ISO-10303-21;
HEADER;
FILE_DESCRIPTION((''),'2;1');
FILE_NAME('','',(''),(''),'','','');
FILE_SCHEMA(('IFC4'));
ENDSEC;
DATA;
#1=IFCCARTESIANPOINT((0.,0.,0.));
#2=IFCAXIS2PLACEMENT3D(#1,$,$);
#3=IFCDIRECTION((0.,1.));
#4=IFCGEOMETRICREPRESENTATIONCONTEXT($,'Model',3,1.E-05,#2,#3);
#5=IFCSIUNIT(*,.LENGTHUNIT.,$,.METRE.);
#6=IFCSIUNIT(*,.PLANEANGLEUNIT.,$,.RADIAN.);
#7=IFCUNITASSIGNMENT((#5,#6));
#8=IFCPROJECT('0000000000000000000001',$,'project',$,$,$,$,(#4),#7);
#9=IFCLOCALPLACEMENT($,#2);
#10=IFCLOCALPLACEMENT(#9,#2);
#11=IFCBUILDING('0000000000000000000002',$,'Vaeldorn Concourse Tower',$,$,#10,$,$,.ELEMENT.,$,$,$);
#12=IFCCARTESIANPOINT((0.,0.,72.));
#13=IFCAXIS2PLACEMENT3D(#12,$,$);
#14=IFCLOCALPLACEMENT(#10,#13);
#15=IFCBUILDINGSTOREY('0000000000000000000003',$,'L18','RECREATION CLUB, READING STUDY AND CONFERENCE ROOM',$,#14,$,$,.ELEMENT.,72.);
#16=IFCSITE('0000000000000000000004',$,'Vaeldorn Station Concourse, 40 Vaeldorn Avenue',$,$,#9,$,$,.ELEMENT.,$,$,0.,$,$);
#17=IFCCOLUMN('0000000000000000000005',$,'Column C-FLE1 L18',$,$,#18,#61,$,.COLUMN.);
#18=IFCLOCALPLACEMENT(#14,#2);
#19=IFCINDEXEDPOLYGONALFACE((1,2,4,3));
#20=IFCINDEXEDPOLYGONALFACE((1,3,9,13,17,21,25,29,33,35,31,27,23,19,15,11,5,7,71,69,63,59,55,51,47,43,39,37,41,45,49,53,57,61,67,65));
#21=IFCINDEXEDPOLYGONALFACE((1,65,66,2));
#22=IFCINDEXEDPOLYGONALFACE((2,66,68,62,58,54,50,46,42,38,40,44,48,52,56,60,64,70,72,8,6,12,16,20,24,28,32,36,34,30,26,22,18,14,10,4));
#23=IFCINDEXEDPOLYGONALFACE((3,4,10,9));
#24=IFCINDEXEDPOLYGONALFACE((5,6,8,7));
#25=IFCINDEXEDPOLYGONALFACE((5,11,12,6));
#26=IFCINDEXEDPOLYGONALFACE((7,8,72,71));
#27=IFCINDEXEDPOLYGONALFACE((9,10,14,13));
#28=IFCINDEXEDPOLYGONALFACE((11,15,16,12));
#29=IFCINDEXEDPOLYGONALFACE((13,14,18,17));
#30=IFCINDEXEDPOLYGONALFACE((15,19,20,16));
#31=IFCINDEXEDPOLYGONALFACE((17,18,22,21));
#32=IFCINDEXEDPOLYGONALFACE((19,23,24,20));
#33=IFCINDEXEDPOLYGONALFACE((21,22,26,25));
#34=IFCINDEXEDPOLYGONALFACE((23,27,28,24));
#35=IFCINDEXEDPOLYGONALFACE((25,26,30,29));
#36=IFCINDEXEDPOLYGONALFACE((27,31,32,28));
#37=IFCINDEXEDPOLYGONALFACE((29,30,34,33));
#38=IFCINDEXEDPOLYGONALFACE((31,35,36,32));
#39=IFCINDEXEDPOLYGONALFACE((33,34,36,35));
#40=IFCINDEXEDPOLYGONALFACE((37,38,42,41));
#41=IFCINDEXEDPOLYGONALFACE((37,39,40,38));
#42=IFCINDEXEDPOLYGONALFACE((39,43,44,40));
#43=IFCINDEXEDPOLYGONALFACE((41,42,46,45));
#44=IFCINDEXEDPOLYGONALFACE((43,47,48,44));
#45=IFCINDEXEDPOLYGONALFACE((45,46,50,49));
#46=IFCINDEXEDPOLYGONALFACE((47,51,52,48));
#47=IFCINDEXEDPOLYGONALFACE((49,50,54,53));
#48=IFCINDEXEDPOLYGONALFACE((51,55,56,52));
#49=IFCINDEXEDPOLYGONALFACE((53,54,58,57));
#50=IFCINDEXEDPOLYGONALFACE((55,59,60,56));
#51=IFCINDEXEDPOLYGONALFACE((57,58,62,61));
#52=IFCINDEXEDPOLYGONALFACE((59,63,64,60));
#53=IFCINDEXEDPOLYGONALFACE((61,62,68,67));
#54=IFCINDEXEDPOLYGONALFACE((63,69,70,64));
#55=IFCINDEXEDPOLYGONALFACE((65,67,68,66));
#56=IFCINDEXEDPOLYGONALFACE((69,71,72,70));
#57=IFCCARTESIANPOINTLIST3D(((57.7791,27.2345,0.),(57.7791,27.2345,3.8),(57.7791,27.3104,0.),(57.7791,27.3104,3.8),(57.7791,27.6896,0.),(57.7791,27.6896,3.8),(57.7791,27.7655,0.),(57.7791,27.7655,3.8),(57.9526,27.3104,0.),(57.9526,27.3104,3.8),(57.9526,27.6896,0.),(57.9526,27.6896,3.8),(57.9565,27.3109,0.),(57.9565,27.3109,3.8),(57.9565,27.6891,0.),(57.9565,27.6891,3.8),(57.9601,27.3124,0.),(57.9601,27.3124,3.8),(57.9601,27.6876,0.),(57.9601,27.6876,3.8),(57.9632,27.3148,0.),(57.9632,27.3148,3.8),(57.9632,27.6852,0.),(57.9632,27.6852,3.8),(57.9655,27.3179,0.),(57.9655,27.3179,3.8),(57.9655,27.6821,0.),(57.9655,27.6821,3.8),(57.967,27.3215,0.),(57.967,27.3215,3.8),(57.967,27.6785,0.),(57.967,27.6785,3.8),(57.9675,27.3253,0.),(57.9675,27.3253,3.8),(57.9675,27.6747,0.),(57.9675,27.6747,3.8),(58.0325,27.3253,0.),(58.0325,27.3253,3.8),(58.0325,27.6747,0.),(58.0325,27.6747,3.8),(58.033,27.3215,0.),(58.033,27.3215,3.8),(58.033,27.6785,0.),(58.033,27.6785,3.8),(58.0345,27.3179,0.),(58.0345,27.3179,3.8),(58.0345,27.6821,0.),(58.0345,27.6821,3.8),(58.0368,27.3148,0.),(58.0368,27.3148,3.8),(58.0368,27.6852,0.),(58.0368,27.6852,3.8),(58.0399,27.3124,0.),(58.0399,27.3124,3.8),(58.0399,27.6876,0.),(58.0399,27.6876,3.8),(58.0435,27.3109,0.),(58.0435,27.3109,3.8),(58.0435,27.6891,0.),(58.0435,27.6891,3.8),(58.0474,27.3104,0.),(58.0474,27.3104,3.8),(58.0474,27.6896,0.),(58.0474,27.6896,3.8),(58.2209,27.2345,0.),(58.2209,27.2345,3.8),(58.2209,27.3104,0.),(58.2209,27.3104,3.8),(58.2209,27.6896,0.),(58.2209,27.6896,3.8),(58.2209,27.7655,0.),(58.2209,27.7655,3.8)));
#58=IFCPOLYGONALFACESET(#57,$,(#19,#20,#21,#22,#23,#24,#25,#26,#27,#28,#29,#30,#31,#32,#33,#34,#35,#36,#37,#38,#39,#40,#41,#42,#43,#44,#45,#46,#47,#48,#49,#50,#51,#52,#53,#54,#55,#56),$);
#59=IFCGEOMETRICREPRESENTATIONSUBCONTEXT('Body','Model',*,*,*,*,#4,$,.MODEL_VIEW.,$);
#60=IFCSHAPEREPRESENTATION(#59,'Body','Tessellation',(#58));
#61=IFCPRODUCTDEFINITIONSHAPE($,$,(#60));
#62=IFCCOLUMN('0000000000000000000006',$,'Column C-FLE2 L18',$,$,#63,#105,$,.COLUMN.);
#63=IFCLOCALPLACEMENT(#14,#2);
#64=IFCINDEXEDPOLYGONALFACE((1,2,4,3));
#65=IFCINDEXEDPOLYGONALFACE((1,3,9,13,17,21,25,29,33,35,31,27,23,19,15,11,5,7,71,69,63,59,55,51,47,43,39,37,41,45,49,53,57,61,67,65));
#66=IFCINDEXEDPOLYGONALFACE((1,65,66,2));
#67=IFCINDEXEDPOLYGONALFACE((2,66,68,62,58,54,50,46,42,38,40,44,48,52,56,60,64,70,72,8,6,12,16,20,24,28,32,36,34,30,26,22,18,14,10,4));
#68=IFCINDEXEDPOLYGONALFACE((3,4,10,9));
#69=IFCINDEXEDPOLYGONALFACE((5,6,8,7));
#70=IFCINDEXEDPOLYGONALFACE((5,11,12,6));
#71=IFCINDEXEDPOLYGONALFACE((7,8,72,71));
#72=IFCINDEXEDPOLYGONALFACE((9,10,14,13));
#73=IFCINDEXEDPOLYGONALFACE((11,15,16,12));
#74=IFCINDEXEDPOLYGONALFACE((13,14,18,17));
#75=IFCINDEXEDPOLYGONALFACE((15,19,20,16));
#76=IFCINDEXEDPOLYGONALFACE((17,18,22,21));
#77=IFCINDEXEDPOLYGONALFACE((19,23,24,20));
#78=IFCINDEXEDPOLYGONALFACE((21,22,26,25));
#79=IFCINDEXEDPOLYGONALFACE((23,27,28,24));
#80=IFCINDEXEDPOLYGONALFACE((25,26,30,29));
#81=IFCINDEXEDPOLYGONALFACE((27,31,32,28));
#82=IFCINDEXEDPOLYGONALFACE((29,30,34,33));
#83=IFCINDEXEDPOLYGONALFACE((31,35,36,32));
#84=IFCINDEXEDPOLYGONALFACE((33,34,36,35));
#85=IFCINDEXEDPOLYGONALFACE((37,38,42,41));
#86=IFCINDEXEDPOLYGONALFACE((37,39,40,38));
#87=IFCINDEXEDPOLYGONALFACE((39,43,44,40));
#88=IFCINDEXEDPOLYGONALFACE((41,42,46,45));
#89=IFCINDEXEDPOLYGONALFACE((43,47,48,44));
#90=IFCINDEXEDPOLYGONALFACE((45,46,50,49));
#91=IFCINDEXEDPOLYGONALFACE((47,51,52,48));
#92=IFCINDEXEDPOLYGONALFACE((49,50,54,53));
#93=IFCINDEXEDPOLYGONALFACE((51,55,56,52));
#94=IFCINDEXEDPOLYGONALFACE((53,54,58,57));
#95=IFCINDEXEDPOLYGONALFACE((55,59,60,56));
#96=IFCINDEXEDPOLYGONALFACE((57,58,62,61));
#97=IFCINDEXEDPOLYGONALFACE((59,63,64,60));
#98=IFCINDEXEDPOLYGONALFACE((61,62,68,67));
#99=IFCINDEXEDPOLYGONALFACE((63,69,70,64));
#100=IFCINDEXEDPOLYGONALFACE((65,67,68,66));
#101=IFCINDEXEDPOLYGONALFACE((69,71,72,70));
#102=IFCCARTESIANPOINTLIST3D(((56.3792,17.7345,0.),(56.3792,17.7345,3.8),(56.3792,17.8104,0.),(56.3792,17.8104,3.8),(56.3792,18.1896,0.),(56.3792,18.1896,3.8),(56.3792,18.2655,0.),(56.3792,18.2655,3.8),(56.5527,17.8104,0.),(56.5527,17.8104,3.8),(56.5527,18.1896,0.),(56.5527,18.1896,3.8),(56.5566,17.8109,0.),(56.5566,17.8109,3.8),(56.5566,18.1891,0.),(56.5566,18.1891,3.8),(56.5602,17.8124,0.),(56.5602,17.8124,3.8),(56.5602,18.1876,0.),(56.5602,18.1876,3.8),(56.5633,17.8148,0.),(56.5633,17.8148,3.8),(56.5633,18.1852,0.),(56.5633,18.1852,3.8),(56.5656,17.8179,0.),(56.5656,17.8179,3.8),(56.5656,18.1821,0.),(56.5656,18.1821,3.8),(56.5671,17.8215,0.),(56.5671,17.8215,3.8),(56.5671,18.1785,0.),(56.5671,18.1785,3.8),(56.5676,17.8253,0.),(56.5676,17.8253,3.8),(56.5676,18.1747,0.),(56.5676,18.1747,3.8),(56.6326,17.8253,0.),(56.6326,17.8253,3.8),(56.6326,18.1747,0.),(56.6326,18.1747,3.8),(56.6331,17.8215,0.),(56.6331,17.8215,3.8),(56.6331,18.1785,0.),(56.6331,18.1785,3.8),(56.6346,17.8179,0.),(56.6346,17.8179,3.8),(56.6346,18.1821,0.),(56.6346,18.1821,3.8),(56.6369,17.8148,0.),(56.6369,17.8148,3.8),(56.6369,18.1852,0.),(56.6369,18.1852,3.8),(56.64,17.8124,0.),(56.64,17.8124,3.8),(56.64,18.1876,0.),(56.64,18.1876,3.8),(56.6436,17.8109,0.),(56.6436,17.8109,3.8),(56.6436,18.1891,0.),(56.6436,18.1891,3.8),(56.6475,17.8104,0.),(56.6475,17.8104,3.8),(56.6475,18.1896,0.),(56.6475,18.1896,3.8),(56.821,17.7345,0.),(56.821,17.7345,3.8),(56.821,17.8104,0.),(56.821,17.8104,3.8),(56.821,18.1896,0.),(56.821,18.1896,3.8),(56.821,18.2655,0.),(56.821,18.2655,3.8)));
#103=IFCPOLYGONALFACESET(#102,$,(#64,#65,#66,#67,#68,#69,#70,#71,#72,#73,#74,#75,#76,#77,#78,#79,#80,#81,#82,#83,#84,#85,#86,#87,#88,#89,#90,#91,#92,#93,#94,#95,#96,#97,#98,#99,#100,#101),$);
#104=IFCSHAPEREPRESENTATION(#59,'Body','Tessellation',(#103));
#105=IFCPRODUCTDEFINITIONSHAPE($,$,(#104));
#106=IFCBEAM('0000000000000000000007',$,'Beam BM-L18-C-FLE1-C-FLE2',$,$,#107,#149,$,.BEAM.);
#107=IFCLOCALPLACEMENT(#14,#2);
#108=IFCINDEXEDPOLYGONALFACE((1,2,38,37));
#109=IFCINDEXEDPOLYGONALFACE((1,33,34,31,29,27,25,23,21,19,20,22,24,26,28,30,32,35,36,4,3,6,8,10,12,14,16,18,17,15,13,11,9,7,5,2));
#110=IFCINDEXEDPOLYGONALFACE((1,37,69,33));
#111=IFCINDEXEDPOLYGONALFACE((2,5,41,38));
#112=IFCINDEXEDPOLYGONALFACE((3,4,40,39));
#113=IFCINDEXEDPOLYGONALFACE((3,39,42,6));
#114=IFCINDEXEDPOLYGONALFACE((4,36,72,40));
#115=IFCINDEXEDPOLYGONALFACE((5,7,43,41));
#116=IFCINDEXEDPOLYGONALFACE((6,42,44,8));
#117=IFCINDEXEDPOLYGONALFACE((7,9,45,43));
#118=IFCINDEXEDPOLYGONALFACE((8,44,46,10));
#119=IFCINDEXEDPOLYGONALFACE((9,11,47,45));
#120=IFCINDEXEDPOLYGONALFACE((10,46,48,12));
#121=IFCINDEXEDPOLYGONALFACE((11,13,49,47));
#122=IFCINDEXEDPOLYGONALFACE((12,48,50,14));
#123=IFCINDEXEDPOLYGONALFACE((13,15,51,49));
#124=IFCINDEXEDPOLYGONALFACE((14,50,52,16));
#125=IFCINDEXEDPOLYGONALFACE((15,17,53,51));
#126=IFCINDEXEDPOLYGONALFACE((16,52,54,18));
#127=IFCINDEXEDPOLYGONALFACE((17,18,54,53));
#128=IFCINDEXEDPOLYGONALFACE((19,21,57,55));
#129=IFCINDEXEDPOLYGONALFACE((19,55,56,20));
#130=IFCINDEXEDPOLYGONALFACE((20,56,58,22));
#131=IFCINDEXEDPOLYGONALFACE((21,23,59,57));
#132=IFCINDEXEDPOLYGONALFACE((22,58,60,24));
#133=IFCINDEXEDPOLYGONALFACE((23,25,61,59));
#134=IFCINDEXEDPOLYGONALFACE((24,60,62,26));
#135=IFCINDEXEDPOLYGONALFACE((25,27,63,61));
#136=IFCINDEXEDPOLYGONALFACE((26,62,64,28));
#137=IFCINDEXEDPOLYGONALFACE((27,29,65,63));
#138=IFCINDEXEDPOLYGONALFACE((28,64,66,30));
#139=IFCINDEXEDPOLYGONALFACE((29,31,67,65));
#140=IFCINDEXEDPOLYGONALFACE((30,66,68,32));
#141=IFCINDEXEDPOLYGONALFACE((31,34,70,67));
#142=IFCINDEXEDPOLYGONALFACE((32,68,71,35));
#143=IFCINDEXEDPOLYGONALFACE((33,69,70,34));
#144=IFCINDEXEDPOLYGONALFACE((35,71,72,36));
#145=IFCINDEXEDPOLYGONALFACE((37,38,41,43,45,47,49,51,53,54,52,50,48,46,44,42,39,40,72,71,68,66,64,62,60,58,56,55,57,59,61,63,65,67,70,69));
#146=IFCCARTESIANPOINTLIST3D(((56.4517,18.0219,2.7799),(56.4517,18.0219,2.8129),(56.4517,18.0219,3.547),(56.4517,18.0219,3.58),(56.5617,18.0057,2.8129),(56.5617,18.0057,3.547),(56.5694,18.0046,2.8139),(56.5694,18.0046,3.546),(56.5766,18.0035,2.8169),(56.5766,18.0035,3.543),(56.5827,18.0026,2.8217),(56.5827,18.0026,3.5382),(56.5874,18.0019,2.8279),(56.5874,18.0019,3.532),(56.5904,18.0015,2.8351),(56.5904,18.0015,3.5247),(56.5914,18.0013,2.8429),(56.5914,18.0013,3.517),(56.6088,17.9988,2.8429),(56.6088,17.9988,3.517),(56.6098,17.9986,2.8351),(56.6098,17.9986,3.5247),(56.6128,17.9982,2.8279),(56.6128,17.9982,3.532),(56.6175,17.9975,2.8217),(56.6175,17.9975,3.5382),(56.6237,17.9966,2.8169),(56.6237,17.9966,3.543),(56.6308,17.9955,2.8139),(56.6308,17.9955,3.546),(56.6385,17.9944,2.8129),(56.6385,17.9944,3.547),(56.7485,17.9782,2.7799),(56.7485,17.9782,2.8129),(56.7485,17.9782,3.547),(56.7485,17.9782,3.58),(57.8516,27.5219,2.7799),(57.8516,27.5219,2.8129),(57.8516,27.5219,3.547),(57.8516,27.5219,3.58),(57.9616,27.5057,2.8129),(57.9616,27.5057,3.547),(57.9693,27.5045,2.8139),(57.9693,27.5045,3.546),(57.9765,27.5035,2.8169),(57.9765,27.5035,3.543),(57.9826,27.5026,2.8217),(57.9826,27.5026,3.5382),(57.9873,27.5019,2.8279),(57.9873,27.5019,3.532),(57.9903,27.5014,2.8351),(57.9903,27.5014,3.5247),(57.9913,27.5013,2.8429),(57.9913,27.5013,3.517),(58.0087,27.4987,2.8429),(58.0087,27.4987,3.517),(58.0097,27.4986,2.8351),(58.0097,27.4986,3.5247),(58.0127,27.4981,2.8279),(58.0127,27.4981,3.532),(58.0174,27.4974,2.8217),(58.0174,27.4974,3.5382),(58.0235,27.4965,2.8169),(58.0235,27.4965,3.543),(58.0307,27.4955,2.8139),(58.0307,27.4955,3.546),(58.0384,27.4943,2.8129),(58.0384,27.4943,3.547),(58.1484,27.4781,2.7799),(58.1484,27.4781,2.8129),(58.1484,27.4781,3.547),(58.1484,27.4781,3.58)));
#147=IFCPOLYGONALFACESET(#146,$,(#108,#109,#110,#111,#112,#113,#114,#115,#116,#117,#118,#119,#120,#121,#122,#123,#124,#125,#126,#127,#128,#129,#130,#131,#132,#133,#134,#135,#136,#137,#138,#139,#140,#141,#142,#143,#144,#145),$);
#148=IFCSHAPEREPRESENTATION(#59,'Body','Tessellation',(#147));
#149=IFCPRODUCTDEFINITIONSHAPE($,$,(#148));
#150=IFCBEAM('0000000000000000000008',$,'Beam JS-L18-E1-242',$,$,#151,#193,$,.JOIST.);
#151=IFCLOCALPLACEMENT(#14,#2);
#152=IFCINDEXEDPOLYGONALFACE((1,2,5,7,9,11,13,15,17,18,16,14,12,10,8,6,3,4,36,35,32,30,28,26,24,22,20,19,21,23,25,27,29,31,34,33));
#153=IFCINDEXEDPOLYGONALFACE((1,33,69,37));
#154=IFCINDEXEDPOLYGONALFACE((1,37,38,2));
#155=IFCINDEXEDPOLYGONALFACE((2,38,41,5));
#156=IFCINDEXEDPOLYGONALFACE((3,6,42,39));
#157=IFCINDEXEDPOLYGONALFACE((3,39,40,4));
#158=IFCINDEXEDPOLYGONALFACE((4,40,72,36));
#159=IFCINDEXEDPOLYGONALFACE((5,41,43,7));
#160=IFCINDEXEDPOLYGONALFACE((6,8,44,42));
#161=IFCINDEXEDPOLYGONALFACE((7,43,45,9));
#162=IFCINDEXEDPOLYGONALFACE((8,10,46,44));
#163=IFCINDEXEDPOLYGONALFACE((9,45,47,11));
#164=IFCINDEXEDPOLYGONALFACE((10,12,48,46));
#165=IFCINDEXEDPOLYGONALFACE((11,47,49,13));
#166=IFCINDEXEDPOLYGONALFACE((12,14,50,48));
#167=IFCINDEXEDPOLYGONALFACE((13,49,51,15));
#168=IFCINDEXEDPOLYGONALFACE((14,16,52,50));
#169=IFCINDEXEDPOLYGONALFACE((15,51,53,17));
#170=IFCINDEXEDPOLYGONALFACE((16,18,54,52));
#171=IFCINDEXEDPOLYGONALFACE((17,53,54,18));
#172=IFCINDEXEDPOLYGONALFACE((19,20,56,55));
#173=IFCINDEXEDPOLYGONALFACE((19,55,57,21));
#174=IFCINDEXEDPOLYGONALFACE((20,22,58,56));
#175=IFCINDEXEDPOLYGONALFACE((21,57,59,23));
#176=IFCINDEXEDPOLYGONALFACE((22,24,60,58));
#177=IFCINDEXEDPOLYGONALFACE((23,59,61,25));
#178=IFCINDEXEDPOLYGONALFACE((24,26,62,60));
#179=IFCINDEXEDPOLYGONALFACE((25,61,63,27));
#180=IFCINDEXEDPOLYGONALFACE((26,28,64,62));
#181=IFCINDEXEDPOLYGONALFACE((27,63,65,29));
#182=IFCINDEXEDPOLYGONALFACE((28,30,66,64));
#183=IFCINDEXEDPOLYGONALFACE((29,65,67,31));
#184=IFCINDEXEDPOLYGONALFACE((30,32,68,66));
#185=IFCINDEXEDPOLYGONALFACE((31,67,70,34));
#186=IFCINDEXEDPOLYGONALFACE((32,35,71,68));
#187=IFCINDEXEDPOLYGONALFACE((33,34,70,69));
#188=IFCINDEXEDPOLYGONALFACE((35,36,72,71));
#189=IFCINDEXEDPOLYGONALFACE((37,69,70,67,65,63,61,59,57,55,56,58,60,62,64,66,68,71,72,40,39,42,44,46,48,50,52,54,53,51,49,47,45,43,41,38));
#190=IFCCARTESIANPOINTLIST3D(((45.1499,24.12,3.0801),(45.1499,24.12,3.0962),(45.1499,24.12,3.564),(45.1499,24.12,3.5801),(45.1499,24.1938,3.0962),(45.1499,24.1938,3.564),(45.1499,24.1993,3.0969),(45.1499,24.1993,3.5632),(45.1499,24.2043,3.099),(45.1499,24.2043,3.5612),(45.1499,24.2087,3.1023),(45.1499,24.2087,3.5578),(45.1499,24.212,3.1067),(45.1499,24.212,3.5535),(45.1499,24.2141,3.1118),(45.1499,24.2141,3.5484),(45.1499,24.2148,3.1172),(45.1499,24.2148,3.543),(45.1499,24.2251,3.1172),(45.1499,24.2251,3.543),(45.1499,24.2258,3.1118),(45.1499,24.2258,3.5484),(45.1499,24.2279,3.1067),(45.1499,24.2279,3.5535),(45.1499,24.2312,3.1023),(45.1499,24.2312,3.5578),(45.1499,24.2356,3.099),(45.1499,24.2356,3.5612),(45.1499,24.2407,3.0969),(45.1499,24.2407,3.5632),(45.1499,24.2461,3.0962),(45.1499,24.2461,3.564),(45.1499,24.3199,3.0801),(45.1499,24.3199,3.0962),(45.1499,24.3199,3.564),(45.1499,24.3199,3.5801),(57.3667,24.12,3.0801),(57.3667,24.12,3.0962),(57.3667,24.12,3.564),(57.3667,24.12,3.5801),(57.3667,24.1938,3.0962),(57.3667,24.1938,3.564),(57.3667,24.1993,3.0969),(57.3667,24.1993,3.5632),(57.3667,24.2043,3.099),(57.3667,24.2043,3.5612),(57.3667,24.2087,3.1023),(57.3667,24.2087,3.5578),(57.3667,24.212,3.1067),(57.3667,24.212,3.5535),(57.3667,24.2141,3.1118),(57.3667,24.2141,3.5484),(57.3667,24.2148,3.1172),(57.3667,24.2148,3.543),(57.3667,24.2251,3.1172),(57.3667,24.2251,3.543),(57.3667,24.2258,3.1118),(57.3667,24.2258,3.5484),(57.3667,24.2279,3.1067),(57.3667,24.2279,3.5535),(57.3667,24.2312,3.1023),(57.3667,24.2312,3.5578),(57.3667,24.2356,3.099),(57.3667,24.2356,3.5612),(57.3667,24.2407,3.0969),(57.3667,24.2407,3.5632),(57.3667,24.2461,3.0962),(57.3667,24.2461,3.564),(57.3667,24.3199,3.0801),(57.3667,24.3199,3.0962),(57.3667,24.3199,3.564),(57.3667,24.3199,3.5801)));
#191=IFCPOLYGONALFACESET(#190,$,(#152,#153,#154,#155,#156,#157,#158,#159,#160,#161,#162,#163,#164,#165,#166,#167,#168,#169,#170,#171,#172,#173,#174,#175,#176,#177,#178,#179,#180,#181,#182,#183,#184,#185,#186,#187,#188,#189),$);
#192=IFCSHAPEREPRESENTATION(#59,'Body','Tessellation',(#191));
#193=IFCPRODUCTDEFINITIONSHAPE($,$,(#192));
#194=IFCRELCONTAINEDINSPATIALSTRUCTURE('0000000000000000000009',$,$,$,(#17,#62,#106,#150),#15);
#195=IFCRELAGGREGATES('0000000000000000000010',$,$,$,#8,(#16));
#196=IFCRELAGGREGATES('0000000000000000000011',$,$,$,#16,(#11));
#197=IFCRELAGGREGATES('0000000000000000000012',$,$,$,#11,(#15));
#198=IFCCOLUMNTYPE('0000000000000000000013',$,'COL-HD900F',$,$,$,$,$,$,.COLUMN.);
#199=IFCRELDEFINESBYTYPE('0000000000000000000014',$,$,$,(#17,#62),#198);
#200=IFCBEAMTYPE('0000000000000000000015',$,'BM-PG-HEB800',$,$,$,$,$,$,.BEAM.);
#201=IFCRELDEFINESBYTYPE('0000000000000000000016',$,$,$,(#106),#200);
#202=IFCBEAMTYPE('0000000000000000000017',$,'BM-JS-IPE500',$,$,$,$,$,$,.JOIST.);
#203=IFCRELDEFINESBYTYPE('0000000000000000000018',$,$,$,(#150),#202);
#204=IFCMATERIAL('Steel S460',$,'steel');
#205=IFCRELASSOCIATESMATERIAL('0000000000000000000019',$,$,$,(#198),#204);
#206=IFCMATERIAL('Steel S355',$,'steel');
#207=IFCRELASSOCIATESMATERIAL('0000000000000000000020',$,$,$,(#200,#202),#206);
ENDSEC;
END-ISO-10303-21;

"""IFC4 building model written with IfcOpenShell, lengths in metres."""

from ifc_helpers import new_model, si_unit, direction, frame, origin, origin_2d, place, context, subcontext, project, spatial, i_section, extrude, source, transform, mapped, material, material_profile, profile_set, type_object, element, save


model = new_model("IFC4")

# Units and contexts
model_context = context("Model", 3, precision=1e-05, world=origin(), true_north=direction((0.0, 1.0)))
body_context = subcontext(model_context, "Body", "Model", "MODEL_VIEW")
ifc_project = project(units=[si_unit("LENGTHUNIT", "METRE"), si_unit("PLANEANGLEUNIT", "RADIAN")], contexts=[model_context])

# Site, building, storey
site_placement = place(None, origin())
site = spatial("IfcSite", under=ifc_project, at=site_placement, Name="Vaeldorn Station Concourse, 40 Vaeldorn Avenue", CompositionType="ELEMENT", RefElevation=0.0)
building_placement = place(site_placement, origin())
building = spatial("IfcBuilding", under=site, at=building_placement, Name="Vaeldorn Concourse Tower", CompositionType="ELEMENT")
storey_placement = place(building_placement, frame((0.0, 0.0, 72.0)))
storey = spatial("IfcBuildingStorey", under=building, at=storey_placement, Name="L18", Description="RECREATION CLUB, READING STUDY AND CONFERENCE ROOM", CompositionType="ELEMENT", Elevation=72.0)

# Columns
ifc_material_1 = material(Name="Steel S460", Category="steel")
ifc_material_profile_1 = material_profile(ifc_material_1, i_section(OverallWidth=0.4419, OverallDepth=0.531, WebThickness=0.0649, FlangeThickness=0.0759, FilletRadius=0.0149, at=origin_2d()), Name="HD 400x900")
ifc_profile_set_1 = profile_set([ifc_material_profile_1], Name="Steel S460")
column_type = type_object("IfcColumnType", Name="COL-HD900F", PredefinedType="COLUMN", material=ifc_profile_set_1)
shared_shape_1 = source(origin(), body_context, "Body", "SweptSolid", [
    extrude(i_section(OverallWidth=0.4419, OverallDepth=0.531, WebThickness=0.0649, FlangeThickness=0.0759, FilletRadius=0.0149, at=origin_2d()), origin(), (0.0, 0.0, 1.0), 3.8),
])
for number, where, z_axis, x_axis, name in (
    (1, (58.0, 27.5, 0.0), (0.0, 0.0, 1.0), (1.0, 0.0, 0.0), "Column C-FLE1 L18"),
    (2, (56.6001, 18.0, 0.0), (0.0, 0.0, 1.0), (1.0, 0.0, 0.0), "Column C-FLE2 L18"),
):
    element("IfcColumn", number, at=place(storey_placement, frame(where, z_axis=z_axis, x_axis=x_axis)), inside=storey, type_object=column_type, Name=name, PredefinedType="COLUMN", context=body_context, shape_type="MappedRepresentation", body=[
        mapped(shared_shape_1, transform((0.0, 0.0, 0.0), scale=1.0)),
    ])

# Beams
ifc_material_2 = material(Name="Steel S355", Category="steel")
ifc_material_profile_2 = material_profile(ifc_material_2, i_section(OverallWidth=0.3, OverallDepth=0.8, WebThickness=0.0176, FlangeThickness=0.033, FilletRadius=0.03, at=origin_2d()), Name="HEB 800")
ifc_profile_set_2 = profile_set([ifc_material_profile_2], Name="Steel S355")
beam_type_1 = type_object("IfcBeamType", Name="BM-PG-HEB800", PredefinedType="BEAM", material=ifc_profile_set_2)
shared_shape_2 = source(origin(), body_context, "Body", "SweptSolid", [
    extrude(i_section(OverallWidth=0.3, OverallDepth=0.8, WebThickness=0.0176, FlangeThickness=0.033, FilletRadius=0.03, at=origin_2d()), origin(), (0.0, 0.0, 1.0), 9.6025),
])
beam_1_placement = place(storey_placement, frame((58.0, 27.5, 3.1799), z_axis=(-0.145784, -0.989316, 0.0), x_axis=(0.989316, -0.145784, 0.0)))
element("IfcBeam", 3, at=beam_1_placement, inside=storey, type_object=beam_type_1, Name="Beam BM-L18-C-FLE1-C-FLE2", PredefinedType="BEAM", context=body_context, shape_type="MappedRepresentation", body=[
    mapped(shared_shape_2, transform((0.0, 0.0, 0.0), scale=1.0)),
])
ifc_material_profile_3 = material_profile(ifc_material_2, i_section(OverallWidth=0.2, OverallDepth=0.5, WebThickness=0.0103, FlangeThickness=0.0161, FilletRadius=0.021, at=origin_2d()), Name="IPE 500")
ifc_profile_set_3 = profile_set([ifc_material_profile_3], Name="Steel S355")
beam_type_2 = type_object("IfcBeamType", Name="BM-JS-IPE500", PredefinedType="JOIST", material=ifc_profile_set_3)
shared_shape_3 = source(origin(), body_context, "Body", "SweptSolid", [
    extrude(i_section(OverallWidth=0.2, OverallDepth=0.5, WebThickness=0.0103, FlangeThickness=0.0161, FilletRadius=0.021, at=origin_2d()), origin(), (0.0, 0.0, 1.0), 12.2168),
])
beam_2_placement = place(storey_placement, frame((45.1499, 24.22, 3.3301), z_axis=(1.0, 0.0, 0.0), x_axis=(0.0, 1.0, 0.0)))
element("IfcBeam", 4, at=beam_2_placement, inside=storey, type_object=beam_type_2, Name="Beam JS-L18-E1-242", PredefinedType="JOIST", context=body_context, shape_type="MappedRepresentation", body=[
    mapped(shared_shape_3, transform((0.0, 0.0, 0.0), scale=1.0)),
])

save(model, "model.ifc")
